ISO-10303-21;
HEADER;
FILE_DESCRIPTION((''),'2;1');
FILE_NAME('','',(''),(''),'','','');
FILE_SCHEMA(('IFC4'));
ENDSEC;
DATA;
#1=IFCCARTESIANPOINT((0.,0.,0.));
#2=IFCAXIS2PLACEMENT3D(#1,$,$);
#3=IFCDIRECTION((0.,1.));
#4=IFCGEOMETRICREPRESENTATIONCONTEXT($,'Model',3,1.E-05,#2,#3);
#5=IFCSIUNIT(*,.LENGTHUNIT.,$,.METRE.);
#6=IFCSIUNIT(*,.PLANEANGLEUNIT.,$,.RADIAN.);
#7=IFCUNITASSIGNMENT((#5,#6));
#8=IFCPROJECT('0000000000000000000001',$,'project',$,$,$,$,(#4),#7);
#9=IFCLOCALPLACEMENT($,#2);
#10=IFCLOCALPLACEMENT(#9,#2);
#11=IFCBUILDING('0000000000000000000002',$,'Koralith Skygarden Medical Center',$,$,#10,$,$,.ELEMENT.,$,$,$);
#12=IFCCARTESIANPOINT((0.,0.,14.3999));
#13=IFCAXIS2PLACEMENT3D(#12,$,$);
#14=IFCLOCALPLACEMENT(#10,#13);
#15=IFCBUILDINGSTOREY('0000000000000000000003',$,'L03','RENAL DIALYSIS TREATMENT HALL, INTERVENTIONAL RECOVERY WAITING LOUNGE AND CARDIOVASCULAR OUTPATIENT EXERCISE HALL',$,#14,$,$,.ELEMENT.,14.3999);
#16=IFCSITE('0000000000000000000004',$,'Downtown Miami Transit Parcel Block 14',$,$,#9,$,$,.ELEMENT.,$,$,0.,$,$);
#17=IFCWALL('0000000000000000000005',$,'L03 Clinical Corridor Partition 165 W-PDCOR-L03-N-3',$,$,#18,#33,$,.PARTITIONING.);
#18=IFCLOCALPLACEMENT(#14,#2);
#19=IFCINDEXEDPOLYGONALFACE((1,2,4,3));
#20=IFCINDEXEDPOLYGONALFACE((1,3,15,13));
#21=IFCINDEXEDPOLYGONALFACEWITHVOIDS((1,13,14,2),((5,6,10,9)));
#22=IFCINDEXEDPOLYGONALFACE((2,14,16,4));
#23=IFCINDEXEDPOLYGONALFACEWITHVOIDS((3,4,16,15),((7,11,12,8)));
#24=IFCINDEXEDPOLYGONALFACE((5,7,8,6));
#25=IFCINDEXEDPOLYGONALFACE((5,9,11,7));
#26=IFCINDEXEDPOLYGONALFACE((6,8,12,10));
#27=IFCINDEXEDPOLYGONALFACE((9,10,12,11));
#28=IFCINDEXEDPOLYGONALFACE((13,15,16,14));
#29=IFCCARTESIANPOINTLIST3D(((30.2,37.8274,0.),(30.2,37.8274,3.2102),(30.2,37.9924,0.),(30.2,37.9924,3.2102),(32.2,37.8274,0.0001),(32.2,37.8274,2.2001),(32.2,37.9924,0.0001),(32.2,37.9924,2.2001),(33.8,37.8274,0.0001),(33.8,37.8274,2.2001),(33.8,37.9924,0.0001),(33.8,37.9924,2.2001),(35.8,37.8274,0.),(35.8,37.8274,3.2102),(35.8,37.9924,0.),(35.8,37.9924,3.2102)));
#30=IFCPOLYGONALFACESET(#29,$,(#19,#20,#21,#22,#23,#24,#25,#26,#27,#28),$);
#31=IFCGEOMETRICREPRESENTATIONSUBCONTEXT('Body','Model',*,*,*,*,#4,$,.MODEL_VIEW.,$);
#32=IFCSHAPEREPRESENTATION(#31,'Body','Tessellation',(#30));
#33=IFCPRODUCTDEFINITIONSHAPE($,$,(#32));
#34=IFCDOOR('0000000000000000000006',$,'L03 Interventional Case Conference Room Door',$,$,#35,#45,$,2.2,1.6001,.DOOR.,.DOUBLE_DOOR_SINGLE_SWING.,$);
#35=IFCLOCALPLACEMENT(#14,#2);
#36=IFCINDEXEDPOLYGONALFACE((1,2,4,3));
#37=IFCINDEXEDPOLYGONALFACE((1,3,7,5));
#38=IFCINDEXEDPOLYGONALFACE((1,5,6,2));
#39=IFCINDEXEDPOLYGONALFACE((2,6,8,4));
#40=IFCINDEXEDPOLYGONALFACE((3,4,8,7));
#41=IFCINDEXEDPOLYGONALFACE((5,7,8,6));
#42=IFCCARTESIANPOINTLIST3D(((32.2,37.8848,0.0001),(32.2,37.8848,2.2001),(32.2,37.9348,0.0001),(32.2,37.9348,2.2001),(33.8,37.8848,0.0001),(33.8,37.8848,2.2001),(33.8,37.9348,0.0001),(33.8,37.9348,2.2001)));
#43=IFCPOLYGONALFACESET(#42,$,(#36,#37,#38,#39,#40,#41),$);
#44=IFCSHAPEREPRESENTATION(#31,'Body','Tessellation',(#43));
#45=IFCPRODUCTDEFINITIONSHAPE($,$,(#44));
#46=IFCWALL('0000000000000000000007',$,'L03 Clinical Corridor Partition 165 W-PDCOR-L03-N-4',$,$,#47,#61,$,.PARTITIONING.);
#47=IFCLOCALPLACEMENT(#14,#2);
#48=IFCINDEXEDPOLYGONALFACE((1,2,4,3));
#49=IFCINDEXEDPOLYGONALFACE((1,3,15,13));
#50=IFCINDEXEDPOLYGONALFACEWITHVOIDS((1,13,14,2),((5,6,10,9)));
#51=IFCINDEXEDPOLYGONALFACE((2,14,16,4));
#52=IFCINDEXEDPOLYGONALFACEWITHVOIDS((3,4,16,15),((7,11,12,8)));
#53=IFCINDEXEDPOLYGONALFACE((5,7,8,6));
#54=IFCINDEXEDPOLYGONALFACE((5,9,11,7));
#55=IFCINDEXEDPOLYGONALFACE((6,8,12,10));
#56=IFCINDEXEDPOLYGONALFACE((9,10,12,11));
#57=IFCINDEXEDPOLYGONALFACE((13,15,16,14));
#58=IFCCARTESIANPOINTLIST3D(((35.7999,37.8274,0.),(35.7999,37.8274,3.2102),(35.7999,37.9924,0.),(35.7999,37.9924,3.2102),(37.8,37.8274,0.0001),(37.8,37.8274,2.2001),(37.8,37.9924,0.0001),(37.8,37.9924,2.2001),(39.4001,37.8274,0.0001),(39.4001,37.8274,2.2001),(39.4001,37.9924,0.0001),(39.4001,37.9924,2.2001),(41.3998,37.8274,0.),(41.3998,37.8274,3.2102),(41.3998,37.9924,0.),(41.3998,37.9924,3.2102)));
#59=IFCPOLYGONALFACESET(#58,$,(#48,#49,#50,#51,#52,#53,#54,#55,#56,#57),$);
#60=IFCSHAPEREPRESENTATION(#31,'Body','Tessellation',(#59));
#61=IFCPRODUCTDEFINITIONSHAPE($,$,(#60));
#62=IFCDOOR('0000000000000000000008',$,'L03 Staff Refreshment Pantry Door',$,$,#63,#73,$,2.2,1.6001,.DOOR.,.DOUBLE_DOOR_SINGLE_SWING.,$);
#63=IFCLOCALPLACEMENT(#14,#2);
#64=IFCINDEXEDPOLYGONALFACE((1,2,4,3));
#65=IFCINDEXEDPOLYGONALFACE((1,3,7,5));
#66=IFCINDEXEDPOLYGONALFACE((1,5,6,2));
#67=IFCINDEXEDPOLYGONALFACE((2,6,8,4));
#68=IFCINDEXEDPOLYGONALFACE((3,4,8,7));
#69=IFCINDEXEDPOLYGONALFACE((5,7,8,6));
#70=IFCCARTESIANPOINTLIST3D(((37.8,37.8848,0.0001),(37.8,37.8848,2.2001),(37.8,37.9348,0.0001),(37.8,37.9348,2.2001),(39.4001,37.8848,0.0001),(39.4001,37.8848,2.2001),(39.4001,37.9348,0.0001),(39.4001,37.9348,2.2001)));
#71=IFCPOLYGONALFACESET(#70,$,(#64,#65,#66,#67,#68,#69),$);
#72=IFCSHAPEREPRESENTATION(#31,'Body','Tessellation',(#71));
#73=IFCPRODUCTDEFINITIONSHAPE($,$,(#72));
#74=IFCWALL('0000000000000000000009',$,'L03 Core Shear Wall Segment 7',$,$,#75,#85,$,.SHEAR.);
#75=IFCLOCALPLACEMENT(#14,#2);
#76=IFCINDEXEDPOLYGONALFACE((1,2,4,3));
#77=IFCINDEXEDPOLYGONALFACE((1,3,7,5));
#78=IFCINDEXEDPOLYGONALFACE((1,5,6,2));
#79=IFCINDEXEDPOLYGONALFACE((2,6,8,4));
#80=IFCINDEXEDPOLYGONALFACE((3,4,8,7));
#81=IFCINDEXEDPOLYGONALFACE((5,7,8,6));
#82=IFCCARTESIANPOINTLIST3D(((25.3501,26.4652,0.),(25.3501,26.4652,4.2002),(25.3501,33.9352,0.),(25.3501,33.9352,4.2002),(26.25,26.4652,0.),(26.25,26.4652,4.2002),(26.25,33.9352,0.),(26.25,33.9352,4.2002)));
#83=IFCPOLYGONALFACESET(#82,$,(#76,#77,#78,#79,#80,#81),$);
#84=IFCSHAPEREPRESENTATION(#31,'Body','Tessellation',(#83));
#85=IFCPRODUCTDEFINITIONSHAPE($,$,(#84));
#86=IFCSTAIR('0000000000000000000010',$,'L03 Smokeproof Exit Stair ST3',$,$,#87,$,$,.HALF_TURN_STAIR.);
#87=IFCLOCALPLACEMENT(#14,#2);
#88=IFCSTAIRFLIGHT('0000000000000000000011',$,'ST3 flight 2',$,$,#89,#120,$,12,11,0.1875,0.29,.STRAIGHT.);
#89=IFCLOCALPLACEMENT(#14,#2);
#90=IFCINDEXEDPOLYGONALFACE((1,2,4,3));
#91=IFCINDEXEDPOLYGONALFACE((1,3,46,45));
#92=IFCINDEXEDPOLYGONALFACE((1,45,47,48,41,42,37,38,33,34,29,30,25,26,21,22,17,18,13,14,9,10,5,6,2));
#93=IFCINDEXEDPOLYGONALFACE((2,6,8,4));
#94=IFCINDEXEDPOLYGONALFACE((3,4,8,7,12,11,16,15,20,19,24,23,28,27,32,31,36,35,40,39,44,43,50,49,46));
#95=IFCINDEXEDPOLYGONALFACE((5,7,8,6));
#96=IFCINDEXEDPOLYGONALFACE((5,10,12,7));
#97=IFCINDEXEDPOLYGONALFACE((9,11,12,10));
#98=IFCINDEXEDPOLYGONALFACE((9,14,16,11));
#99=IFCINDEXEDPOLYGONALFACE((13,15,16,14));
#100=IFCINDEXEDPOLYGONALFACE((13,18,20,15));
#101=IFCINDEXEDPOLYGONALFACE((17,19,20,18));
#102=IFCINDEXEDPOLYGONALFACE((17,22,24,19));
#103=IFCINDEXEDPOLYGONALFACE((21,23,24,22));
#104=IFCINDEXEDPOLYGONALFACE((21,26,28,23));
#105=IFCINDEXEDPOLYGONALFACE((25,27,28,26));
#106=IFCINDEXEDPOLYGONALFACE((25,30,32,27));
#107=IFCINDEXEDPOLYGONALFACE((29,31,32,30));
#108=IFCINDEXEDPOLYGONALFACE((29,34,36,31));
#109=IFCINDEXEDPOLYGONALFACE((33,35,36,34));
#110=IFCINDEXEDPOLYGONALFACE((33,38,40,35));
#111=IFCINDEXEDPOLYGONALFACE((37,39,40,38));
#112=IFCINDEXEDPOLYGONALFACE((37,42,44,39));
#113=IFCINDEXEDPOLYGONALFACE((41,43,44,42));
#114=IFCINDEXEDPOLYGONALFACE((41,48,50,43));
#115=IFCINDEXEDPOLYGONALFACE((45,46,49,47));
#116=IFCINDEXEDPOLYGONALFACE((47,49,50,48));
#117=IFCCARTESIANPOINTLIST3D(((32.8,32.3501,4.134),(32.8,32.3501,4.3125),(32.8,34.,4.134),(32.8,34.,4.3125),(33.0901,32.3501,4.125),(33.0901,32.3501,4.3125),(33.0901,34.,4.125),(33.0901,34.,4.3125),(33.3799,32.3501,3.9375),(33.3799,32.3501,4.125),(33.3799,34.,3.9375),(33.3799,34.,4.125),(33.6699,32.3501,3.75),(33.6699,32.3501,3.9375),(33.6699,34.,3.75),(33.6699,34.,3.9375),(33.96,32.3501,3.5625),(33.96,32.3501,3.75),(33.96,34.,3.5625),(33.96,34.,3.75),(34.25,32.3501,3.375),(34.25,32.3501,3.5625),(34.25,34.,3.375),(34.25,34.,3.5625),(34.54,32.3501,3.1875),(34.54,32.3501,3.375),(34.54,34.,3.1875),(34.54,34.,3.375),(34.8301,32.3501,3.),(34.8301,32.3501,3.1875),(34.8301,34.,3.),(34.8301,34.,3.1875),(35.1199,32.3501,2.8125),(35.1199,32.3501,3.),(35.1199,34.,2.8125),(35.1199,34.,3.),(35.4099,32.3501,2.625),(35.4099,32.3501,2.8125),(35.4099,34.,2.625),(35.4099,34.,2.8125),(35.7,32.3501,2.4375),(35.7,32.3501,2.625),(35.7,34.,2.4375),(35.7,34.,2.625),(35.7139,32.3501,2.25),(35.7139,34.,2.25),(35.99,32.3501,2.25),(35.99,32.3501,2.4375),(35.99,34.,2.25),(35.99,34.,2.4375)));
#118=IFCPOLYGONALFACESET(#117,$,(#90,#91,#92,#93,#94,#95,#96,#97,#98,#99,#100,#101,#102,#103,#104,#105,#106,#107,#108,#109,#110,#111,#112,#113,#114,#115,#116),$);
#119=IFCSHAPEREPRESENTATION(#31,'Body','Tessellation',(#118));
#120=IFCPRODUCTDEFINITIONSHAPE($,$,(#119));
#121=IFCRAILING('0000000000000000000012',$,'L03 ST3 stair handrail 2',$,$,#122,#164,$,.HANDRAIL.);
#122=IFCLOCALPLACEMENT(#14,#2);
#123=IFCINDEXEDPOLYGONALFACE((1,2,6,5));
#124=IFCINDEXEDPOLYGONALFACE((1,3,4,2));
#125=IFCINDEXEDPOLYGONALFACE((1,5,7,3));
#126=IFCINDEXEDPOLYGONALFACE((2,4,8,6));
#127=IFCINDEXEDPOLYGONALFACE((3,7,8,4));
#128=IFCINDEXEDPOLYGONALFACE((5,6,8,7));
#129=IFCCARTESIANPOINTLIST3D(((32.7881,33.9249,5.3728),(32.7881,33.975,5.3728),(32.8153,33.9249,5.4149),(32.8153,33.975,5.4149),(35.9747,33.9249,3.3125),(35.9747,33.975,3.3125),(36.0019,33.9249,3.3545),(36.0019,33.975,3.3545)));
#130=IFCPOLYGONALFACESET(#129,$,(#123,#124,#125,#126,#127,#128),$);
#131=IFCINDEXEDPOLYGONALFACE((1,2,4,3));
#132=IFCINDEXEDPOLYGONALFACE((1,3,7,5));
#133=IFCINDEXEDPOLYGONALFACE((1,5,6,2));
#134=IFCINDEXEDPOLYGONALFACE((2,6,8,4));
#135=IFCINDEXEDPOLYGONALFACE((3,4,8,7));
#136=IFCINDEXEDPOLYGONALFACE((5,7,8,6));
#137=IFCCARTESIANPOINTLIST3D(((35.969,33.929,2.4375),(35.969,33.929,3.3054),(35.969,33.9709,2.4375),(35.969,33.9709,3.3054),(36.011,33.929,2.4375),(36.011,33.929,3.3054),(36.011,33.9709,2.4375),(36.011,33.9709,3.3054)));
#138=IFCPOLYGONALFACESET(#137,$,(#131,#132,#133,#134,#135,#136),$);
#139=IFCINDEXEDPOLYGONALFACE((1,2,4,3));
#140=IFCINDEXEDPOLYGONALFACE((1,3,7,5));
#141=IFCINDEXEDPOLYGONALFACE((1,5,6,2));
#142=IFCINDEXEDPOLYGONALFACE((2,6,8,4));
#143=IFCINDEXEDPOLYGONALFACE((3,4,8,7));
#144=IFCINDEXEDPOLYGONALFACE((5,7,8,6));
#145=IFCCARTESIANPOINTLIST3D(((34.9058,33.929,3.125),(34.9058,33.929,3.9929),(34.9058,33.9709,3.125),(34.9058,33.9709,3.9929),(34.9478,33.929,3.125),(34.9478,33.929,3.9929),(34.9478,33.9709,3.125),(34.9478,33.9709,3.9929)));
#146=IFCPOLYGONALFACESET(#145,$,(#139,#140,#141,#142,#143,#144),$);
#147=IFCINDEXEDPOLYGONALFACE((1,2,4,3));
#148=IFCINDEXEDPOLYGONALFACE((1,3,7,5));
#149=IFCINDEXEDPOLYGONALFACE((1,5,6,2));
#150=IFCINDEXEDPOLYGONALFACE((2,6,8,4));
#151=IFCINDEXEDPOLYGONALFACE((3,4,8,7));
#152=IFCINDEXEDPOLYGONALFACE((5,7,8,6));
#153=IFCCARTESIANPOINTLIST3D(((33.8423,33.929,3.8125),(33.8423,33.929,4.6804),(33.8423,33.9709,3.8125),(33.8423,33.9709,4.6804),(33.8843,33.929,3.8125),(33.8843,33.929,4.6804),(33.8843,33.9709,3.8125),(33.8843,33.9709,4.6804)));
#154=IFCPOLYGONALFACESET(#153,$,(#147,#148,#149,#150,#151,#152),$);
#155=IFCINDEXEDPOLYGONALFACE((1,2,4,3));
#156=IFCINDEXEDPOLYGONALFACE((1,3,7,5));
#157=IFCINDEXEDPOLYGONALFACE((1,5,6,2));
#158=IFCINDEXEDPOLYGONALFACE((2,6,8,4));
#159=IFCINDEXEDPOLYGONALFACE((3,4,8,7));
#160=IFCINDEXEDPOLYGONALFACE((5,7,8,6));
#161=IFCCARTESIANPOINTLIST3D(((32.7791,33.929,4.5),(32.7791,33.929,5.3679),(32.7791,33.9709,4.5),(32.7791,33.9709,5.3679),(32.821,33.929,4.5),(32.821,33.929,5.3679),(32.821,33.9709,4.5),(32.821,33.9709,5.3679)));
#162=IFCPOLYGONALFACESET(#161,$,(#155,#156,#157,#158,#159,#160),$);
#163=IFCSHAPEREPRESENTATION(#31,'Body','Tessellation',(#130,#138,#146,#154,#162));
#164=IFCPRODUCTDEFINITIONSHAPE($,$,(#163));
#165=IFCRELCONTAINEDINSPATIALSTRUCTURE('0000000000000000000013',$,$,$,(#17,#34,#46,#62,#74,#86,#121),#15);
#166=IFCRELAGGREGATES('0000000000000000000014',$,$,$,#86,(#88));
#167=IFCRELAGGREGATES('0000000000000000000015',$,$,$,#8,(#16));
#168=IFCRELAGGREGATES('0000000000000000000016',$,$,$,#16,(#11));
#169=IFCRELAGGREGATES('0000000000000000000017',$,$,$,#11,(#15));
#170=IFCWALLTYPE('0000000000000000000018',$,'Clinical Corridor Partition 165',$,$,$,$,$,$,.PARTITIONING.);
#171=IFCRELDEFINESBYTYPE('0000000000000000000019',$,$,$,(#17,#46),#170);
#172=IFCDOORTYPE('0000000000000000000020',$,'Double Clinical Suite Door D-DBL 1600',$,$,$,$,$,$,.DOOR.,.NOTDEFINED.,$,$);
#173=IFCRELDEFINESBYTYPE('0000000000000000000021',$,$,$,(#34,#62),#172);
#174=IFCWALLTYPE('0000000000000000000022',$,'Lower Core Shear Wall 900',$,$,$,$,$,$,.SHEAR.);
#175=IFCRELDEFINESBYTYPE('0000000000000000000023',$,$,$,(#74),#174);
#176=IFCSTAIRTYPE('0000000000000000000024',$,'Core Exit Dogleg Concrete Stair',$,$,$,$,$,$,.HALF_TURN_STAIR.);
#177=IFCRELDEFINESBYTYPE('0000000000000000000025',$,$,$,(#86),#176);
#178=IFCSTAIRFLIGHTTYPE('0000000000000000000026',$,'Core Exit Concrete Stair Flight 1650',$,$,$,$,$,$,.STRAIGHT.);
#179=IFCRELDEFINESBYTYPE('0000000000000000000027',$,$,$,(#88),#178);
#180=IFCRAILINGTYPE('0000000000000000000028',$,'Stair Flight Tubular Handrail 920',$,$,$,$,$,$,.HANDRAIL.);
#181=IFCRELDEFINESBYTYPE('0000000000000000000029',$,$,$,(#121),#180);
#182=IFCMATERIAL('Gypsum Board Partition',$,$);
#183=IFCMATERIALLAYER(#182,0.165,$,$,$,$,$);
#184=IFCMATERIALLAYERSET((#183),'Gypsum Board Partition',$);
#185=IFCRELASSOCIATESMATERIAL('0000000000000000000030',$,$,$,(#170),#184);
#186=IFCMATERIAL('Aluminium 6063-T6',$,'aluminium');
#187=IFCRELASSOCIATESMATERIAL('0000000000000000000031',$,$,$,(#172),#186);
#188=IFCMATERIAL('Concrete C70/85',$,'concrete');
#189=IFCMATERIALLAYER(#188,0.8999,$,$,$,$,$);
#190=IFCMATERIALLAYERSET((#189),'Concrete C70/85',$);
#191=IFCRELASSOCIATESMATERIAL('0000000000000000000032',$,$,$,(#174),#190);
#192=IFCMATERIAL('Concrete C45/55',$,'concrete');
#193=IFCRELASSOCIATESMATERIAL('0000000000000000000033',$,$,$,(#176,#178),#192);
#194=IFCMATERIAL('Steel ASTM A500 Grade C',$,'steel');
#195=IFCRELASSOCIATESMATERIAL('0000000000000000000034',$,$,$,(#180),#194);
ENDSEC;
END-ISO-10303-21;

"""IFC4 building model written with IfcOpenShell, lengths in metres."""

from ifc_helpers import new_model, si_unit, direction, frame, frame_2d, origin, origin_2d, place, context, subcontext, project, spatial, polyline, rectangle, outline, extrude, material, layer, layer_set, type_object, element, fill, aggregate, save


model = new_model("IFC4")

# Units and contexts
model_context = context("Model", 3, precision=1e-05, world=origin(), true_north=direction((0.0, 1.0)))
body_context = subcontext(model_context, "Body", "Model", "MODEL_VIEW")
ifc_project = project(units=[si_unit("LENGTHUNIT", "METRE"), si_unit("PLANEANGLEUNIT", "RADIAN")], contexts=[model_context])

# Site, building, storey
site_placement = place(None, origin())
site = spatial("IfcSite", under=ifc_project, at=site_placement, Name="Downtown Miami Transit Parcel Block 14", CompositionType="ELEMENT", RefElevation=0.0)
building_placement = place(site_placement, origin())
building = spatial("IfcBuilding", under=site, at=building_placement, Name="Koralith Skygarden Medical Center", CompositionType="ELEMENT")
storey_placement = place(building_placement, frame((0.0, 0.0, 14.3999)))
storey = spatial("IfcBuildingStorey", under=building, at=storey_placement, Name="L03", Description="RENAL DIALYSIS TREATMENT HALL, INTERVENTIONAL RECOVERY WAITING LOUNGE AND CARDIOVASCULAR OUTPATIENT EXERCISE HALL", CompositionType="ELEMENT", Elevation=14.3999)

# Shared definitions
ifc_material_1 = material(Name="Concrete C70/85", Category="concrete")

# Shared definitions
ifc_material_2 = material(Name="Aluminium 6063-T6", Category="aluminium")

# Shared definitions
ifc_material_3 = material(Name="Gypsum Board Partition")

# Walls, openings, doors
ifc_layer_1 = layer(ifc_material_3, 0.165)
ifc_layer_set_1 = layer_set([ifc_layer_1], Name="Gypsum Board Partition")
wall_type_1 = type_object("IfcWallType", Name="Clinical Corridor Partition 165", PredefinedType="PARTITIONING", material=ifc_layer_set_1)
wall_1_placement = place(storey_placement, frame((30.2, 37.9099, 0.0), z_axis=(0.0, 0.0, 1.0), x_axis=(1.0, 0.0, 0.0)))
wall_1 = element("IfcWall", 1, at=wall_1_placement, inside=storey, type_object=wall_type_1, Name="L03 Clinical Corridor Partition 165 W-PDCOR-L03-N-3", PredefinedType="PARTITIONING", context=body_context, shape_type="SweptSolid", body=[
    extrude(rectangle(XDim=5.6001, YDim=0.165, at=frame_2d((2.8, 0.0))), origin(), (0.0, 0.0, 1.0), 3.2102),
])
opening_1_placement = place(wall_1_placement, frame((2.0, 0.0, 0.0)))
opening_1 = element("IfcOpeningElement", 2, at=opening_1_placement, cuts=wall_1, PredefinedType="OPENING", context=body_context, shape_type="SweptSolid", body=[
    extrude(rectangle(XDim=1.6001, YDim=2.2, at=frame_2d((0.8, 1.1001))), frame((0.0, 0.0925, 0.0), z_axis=(0.0, -1.0, 0.0), x_axis=(1.0, 0.0, 0.0)), (0.0, 0.0, 1.0), 0.1851),
])
door_type = type_object("IfcDoorType", Name="Double Clinical Suite Door D-DBL 1600", OperationType="NOTDEFINED", PredefinedType="DOOR", material=ifc_material_2)
door_1_placement = place(opening_1_placement, origin())
door_1 = element("IfcDoor", 3, at=door_1_placement, inside=storey, type_object=door_type, Name="L03 Interventional Case Conference Room Door", OperationType="DOUBLE_DOOR_SINGLE_SWING", OverallHeight=2.2, OverallWidth=1.6001, PredefinedType="DOOR", context=body_context, shape_type="SweptSolid", body=[
    extrude(rectangle(XDim=1.6001, YDim=2.2, at=frame_2d((0.8, 1.1001))), frame((0.0, 0.0249, 0.0), z_axis=(0.0, -1.0, 0.0), x_axis=(1.0, 0.0, 0.0)), (0.0, 0.0, 1.0), 0.05),
])
fill(opening_1, door_1)
wall_2_placement = place(storey_placement, frame((35.8, 37.9099, 0.0), z_axis=(0.0, 0.0, 1.0), x_axis=(1.0, 0.0, 0.0)))
wall_2 = element("IfcWall", 4, at=wall_2_placement, inside=storey, type_object=wall_type_1, Name="L03 Clinical Corridor Partition 165 W-PDCOR-L03-N-4", PredefinedType="PARTITIONING", context=body_context, shape_type="SweptSolid", body=[
    extrude(rectangle(XDim=5.5999, YDim=0.165, at=frame_2d((2.7998, 0.0))), origin(), (0.0, 0.0, 1.0), 3.2102),
])
opening_2_placement = place(wall_2_placement, frame((2.0, 0.0, 0.0)))
opening_2 = element("IfcOpeningElement", 5, at=opening_2_placement, cuts=wall_2, PredefinedType="OPENING", context=body_context, shape_type="SweptSolid", body=[
    extrude(rectangle(XDim=1.6001, YDim=2.2, at=frame_2d((0.8, 1.1001))), frame((0.0, 0.0925, 0.0), z_axis=(0.0, -1.0, 0.0), x_axis=(1.0, 0.0, 0.0)), (0.0, 0.0, 1.0), 0.1851),
])
door_2_placement = place(opening_2_placement, origin())
door_2 = element("IfcDoor", 6, at=door_2_placement, inside=storey, type_object=door_type, Name="L03 Staff Refreshment Pantry Door", OperationType="DOUBLE_DOOR_SINGLE_SWING", OverallHeight=2.2, OverallWidth=1.6001, PredefinedType="DOOR", context=body_context, shape_type="SweptSolid", body=[
    extrude(rectangle(XDim=1.6001, YDim=2.2, at=frame_2d((0.8, 1.1001))), frame((0.0, 0.0249, 0.0), z_axis=(0.0, -1.0, 0.0), x_axis=(1.0, 0.0, 0.0)), (0.0, 0.0, 1.0), 0.05),
])
fill(opening_2, door_2)

# Wall
ifc_layer_2 = layer(ifc_material_1, 0.8999)
ifc_layer_set_2 = layer_set([ifc_layer_2], Name="Concrete C70/85")
wall_type_2 = type_object("IfcWallType", Name="Lower Core Shear Wall 900", PredefinedType="SHEAR", material=ifc_layer_set_2)
wall_3_placement = place(storey_placement, frame((25.8, 33.9351, 0.0), z_axis=(0.0, 0.0, 1.0), x_axis=(0.0, -1.0, 0.0)))
element("IfcWall", 7, at=wall_3_placement, inside=storey, type_object=wall_type_2, Name="L03 Core Shear Wall Segment 7", PredefinedType="SHEAR", context=body_context, shape_type="SweptSolid", body=[
    extrude(rectangle(XDim=7.47, YDim=0.8999, at=frame_2d((3.7349, 0.0))), origin(), (0.0, 0.0, 1.0), 4.2002),
])

# Stair, stair flight
ifc_material_4 = material(Name="Concrete C45/55", Category="concrete")
stair_type = type_object("IfcStairType", Name="Core Exit Dogleg Concrete Stair", PredefinedType="HALF_TURN_STAIR", material=ifc_material_4)
stair_placement = place(storey_placement, origin())
stair = element("IfcStair", 8, at=stair_placement, inside=storey, type_object=stair_type, Name="L03 Smokeproof Exit Stair ST3", PredefinedType="HALF_TURN_STAIR")
stair_flight_type = type_object("IfcStairFlightType", Name="Core Exit Concrete Stair Flight 1650", PredefinedType="STRAIGHT", material=ifc_material_4)
stair_flight_placement = place(storey_placement, frame((35.99, 33.175, 2.25), z_axis=(0.0, 0.0, 1.0), x_axis=(-1.0, 0.0, 0.0)))
stair_flight = element("IfcStairFlight", 9, at=stair_flight_placement, type_object=stair_flight_type, Name="ST3 flight 2", NumberOfRisers=12, NumberOfTreads=11, PredefinedType="STRAIGHT", RiserHeight=0.1875, TreadLength=0.29, context=body_context, shape_type="SweptSolid", body=[
    extrude(outline(polyline([(0.0, 0.0), (0.0, 0.1875), (0.29, 0.1875), (0.29, 0.375), (0.5801, 0.375), (0.5801, 0.5625), (0.8701, 0.5625), (0.8701, 0.75), (1.1599, 0.75), (1.1599, 0.9375), (1.45, 0.9375), (1.45, 1.125), (1.74, 1.125), (1.74, 1.3125), (2.03, 1.3125), (2.03, 1.5), (2.3201, 1.5), (2.3201, 1.6875), (2.6101, 1.6875), (2.6101, 1.875), (2.8999, 1.875), (2.8999, 2.0625), (3.1899, 2.0625), (3.1899, 2.25), (3.1899, 1.884), (0.2761, 0.0), (0.0, 0.0)])), frame((0.0, 0.825, 0.0), z_axis=(0.0, -1.0, 0.0), x_axis=(1.0, 0.0, 0.0)), (0.0, 0.0, 1.0), 1.6499),
])
aggregate(stair, [stair_flight])

# Railing
ifc_material_5 = material(Name="Steel ASTM A500 Grade C", Category="steel")
railing_type_1 = type_object("IfcRailingType", Name="Stair Flight Tubular Handrail 920", PredefinedType="HANDRAIL", material=ifc_material_5)
railing_1_placement = place(storey_placement, frame((35.99, 33.95, 2.4375)))
element("IfcRailing", 10, at=railing_1_placement, inside=storey, type_object=railing_type_1, Name="L03 ST3 stair handrail 2", PredefinedType="HANDRAIL", context=body_context, shape_type="SweptSolid", body=[
    extrude(rectangle(XDim=0.05, YDim=0.05, at=origin_2d()), frame((-0.0017, 0.0, 0.896), z_axis=(-0.83976, 0.0, 0.542958), x_axis=(0.0, -1.0, 0.0)), (0.0, 0.0, 1.0), 3.7947),
    extrude(rectangle(XDim=0.042, YDim=0.042, at=origin_2d()), origin(), (0.0, 0.0, 1.0), 0.8679),
    extrude(rectangle(XDim=0.042, YDim=0.042, at=origin_2d()), frame((-1.0632, 0.0, 0.6875)), (0.0, 0.0, 1.0), 0.8679),
    extrude(rectangle(XDim=0.042, YDim=0.042, at=origin_2d()), frame((-2.1267, 0.0, 1.375)), (0.0, 0.0, 1.0), 0.8679),
    extrude(rectangle(XDim=0.042, YDim=0.042, at=origin_2d()), frame((-3.1899, 0.0, 2.0625)), (0.0, 0.0, 1.0), 0.8679),
])

save(model, "model.ifc")
